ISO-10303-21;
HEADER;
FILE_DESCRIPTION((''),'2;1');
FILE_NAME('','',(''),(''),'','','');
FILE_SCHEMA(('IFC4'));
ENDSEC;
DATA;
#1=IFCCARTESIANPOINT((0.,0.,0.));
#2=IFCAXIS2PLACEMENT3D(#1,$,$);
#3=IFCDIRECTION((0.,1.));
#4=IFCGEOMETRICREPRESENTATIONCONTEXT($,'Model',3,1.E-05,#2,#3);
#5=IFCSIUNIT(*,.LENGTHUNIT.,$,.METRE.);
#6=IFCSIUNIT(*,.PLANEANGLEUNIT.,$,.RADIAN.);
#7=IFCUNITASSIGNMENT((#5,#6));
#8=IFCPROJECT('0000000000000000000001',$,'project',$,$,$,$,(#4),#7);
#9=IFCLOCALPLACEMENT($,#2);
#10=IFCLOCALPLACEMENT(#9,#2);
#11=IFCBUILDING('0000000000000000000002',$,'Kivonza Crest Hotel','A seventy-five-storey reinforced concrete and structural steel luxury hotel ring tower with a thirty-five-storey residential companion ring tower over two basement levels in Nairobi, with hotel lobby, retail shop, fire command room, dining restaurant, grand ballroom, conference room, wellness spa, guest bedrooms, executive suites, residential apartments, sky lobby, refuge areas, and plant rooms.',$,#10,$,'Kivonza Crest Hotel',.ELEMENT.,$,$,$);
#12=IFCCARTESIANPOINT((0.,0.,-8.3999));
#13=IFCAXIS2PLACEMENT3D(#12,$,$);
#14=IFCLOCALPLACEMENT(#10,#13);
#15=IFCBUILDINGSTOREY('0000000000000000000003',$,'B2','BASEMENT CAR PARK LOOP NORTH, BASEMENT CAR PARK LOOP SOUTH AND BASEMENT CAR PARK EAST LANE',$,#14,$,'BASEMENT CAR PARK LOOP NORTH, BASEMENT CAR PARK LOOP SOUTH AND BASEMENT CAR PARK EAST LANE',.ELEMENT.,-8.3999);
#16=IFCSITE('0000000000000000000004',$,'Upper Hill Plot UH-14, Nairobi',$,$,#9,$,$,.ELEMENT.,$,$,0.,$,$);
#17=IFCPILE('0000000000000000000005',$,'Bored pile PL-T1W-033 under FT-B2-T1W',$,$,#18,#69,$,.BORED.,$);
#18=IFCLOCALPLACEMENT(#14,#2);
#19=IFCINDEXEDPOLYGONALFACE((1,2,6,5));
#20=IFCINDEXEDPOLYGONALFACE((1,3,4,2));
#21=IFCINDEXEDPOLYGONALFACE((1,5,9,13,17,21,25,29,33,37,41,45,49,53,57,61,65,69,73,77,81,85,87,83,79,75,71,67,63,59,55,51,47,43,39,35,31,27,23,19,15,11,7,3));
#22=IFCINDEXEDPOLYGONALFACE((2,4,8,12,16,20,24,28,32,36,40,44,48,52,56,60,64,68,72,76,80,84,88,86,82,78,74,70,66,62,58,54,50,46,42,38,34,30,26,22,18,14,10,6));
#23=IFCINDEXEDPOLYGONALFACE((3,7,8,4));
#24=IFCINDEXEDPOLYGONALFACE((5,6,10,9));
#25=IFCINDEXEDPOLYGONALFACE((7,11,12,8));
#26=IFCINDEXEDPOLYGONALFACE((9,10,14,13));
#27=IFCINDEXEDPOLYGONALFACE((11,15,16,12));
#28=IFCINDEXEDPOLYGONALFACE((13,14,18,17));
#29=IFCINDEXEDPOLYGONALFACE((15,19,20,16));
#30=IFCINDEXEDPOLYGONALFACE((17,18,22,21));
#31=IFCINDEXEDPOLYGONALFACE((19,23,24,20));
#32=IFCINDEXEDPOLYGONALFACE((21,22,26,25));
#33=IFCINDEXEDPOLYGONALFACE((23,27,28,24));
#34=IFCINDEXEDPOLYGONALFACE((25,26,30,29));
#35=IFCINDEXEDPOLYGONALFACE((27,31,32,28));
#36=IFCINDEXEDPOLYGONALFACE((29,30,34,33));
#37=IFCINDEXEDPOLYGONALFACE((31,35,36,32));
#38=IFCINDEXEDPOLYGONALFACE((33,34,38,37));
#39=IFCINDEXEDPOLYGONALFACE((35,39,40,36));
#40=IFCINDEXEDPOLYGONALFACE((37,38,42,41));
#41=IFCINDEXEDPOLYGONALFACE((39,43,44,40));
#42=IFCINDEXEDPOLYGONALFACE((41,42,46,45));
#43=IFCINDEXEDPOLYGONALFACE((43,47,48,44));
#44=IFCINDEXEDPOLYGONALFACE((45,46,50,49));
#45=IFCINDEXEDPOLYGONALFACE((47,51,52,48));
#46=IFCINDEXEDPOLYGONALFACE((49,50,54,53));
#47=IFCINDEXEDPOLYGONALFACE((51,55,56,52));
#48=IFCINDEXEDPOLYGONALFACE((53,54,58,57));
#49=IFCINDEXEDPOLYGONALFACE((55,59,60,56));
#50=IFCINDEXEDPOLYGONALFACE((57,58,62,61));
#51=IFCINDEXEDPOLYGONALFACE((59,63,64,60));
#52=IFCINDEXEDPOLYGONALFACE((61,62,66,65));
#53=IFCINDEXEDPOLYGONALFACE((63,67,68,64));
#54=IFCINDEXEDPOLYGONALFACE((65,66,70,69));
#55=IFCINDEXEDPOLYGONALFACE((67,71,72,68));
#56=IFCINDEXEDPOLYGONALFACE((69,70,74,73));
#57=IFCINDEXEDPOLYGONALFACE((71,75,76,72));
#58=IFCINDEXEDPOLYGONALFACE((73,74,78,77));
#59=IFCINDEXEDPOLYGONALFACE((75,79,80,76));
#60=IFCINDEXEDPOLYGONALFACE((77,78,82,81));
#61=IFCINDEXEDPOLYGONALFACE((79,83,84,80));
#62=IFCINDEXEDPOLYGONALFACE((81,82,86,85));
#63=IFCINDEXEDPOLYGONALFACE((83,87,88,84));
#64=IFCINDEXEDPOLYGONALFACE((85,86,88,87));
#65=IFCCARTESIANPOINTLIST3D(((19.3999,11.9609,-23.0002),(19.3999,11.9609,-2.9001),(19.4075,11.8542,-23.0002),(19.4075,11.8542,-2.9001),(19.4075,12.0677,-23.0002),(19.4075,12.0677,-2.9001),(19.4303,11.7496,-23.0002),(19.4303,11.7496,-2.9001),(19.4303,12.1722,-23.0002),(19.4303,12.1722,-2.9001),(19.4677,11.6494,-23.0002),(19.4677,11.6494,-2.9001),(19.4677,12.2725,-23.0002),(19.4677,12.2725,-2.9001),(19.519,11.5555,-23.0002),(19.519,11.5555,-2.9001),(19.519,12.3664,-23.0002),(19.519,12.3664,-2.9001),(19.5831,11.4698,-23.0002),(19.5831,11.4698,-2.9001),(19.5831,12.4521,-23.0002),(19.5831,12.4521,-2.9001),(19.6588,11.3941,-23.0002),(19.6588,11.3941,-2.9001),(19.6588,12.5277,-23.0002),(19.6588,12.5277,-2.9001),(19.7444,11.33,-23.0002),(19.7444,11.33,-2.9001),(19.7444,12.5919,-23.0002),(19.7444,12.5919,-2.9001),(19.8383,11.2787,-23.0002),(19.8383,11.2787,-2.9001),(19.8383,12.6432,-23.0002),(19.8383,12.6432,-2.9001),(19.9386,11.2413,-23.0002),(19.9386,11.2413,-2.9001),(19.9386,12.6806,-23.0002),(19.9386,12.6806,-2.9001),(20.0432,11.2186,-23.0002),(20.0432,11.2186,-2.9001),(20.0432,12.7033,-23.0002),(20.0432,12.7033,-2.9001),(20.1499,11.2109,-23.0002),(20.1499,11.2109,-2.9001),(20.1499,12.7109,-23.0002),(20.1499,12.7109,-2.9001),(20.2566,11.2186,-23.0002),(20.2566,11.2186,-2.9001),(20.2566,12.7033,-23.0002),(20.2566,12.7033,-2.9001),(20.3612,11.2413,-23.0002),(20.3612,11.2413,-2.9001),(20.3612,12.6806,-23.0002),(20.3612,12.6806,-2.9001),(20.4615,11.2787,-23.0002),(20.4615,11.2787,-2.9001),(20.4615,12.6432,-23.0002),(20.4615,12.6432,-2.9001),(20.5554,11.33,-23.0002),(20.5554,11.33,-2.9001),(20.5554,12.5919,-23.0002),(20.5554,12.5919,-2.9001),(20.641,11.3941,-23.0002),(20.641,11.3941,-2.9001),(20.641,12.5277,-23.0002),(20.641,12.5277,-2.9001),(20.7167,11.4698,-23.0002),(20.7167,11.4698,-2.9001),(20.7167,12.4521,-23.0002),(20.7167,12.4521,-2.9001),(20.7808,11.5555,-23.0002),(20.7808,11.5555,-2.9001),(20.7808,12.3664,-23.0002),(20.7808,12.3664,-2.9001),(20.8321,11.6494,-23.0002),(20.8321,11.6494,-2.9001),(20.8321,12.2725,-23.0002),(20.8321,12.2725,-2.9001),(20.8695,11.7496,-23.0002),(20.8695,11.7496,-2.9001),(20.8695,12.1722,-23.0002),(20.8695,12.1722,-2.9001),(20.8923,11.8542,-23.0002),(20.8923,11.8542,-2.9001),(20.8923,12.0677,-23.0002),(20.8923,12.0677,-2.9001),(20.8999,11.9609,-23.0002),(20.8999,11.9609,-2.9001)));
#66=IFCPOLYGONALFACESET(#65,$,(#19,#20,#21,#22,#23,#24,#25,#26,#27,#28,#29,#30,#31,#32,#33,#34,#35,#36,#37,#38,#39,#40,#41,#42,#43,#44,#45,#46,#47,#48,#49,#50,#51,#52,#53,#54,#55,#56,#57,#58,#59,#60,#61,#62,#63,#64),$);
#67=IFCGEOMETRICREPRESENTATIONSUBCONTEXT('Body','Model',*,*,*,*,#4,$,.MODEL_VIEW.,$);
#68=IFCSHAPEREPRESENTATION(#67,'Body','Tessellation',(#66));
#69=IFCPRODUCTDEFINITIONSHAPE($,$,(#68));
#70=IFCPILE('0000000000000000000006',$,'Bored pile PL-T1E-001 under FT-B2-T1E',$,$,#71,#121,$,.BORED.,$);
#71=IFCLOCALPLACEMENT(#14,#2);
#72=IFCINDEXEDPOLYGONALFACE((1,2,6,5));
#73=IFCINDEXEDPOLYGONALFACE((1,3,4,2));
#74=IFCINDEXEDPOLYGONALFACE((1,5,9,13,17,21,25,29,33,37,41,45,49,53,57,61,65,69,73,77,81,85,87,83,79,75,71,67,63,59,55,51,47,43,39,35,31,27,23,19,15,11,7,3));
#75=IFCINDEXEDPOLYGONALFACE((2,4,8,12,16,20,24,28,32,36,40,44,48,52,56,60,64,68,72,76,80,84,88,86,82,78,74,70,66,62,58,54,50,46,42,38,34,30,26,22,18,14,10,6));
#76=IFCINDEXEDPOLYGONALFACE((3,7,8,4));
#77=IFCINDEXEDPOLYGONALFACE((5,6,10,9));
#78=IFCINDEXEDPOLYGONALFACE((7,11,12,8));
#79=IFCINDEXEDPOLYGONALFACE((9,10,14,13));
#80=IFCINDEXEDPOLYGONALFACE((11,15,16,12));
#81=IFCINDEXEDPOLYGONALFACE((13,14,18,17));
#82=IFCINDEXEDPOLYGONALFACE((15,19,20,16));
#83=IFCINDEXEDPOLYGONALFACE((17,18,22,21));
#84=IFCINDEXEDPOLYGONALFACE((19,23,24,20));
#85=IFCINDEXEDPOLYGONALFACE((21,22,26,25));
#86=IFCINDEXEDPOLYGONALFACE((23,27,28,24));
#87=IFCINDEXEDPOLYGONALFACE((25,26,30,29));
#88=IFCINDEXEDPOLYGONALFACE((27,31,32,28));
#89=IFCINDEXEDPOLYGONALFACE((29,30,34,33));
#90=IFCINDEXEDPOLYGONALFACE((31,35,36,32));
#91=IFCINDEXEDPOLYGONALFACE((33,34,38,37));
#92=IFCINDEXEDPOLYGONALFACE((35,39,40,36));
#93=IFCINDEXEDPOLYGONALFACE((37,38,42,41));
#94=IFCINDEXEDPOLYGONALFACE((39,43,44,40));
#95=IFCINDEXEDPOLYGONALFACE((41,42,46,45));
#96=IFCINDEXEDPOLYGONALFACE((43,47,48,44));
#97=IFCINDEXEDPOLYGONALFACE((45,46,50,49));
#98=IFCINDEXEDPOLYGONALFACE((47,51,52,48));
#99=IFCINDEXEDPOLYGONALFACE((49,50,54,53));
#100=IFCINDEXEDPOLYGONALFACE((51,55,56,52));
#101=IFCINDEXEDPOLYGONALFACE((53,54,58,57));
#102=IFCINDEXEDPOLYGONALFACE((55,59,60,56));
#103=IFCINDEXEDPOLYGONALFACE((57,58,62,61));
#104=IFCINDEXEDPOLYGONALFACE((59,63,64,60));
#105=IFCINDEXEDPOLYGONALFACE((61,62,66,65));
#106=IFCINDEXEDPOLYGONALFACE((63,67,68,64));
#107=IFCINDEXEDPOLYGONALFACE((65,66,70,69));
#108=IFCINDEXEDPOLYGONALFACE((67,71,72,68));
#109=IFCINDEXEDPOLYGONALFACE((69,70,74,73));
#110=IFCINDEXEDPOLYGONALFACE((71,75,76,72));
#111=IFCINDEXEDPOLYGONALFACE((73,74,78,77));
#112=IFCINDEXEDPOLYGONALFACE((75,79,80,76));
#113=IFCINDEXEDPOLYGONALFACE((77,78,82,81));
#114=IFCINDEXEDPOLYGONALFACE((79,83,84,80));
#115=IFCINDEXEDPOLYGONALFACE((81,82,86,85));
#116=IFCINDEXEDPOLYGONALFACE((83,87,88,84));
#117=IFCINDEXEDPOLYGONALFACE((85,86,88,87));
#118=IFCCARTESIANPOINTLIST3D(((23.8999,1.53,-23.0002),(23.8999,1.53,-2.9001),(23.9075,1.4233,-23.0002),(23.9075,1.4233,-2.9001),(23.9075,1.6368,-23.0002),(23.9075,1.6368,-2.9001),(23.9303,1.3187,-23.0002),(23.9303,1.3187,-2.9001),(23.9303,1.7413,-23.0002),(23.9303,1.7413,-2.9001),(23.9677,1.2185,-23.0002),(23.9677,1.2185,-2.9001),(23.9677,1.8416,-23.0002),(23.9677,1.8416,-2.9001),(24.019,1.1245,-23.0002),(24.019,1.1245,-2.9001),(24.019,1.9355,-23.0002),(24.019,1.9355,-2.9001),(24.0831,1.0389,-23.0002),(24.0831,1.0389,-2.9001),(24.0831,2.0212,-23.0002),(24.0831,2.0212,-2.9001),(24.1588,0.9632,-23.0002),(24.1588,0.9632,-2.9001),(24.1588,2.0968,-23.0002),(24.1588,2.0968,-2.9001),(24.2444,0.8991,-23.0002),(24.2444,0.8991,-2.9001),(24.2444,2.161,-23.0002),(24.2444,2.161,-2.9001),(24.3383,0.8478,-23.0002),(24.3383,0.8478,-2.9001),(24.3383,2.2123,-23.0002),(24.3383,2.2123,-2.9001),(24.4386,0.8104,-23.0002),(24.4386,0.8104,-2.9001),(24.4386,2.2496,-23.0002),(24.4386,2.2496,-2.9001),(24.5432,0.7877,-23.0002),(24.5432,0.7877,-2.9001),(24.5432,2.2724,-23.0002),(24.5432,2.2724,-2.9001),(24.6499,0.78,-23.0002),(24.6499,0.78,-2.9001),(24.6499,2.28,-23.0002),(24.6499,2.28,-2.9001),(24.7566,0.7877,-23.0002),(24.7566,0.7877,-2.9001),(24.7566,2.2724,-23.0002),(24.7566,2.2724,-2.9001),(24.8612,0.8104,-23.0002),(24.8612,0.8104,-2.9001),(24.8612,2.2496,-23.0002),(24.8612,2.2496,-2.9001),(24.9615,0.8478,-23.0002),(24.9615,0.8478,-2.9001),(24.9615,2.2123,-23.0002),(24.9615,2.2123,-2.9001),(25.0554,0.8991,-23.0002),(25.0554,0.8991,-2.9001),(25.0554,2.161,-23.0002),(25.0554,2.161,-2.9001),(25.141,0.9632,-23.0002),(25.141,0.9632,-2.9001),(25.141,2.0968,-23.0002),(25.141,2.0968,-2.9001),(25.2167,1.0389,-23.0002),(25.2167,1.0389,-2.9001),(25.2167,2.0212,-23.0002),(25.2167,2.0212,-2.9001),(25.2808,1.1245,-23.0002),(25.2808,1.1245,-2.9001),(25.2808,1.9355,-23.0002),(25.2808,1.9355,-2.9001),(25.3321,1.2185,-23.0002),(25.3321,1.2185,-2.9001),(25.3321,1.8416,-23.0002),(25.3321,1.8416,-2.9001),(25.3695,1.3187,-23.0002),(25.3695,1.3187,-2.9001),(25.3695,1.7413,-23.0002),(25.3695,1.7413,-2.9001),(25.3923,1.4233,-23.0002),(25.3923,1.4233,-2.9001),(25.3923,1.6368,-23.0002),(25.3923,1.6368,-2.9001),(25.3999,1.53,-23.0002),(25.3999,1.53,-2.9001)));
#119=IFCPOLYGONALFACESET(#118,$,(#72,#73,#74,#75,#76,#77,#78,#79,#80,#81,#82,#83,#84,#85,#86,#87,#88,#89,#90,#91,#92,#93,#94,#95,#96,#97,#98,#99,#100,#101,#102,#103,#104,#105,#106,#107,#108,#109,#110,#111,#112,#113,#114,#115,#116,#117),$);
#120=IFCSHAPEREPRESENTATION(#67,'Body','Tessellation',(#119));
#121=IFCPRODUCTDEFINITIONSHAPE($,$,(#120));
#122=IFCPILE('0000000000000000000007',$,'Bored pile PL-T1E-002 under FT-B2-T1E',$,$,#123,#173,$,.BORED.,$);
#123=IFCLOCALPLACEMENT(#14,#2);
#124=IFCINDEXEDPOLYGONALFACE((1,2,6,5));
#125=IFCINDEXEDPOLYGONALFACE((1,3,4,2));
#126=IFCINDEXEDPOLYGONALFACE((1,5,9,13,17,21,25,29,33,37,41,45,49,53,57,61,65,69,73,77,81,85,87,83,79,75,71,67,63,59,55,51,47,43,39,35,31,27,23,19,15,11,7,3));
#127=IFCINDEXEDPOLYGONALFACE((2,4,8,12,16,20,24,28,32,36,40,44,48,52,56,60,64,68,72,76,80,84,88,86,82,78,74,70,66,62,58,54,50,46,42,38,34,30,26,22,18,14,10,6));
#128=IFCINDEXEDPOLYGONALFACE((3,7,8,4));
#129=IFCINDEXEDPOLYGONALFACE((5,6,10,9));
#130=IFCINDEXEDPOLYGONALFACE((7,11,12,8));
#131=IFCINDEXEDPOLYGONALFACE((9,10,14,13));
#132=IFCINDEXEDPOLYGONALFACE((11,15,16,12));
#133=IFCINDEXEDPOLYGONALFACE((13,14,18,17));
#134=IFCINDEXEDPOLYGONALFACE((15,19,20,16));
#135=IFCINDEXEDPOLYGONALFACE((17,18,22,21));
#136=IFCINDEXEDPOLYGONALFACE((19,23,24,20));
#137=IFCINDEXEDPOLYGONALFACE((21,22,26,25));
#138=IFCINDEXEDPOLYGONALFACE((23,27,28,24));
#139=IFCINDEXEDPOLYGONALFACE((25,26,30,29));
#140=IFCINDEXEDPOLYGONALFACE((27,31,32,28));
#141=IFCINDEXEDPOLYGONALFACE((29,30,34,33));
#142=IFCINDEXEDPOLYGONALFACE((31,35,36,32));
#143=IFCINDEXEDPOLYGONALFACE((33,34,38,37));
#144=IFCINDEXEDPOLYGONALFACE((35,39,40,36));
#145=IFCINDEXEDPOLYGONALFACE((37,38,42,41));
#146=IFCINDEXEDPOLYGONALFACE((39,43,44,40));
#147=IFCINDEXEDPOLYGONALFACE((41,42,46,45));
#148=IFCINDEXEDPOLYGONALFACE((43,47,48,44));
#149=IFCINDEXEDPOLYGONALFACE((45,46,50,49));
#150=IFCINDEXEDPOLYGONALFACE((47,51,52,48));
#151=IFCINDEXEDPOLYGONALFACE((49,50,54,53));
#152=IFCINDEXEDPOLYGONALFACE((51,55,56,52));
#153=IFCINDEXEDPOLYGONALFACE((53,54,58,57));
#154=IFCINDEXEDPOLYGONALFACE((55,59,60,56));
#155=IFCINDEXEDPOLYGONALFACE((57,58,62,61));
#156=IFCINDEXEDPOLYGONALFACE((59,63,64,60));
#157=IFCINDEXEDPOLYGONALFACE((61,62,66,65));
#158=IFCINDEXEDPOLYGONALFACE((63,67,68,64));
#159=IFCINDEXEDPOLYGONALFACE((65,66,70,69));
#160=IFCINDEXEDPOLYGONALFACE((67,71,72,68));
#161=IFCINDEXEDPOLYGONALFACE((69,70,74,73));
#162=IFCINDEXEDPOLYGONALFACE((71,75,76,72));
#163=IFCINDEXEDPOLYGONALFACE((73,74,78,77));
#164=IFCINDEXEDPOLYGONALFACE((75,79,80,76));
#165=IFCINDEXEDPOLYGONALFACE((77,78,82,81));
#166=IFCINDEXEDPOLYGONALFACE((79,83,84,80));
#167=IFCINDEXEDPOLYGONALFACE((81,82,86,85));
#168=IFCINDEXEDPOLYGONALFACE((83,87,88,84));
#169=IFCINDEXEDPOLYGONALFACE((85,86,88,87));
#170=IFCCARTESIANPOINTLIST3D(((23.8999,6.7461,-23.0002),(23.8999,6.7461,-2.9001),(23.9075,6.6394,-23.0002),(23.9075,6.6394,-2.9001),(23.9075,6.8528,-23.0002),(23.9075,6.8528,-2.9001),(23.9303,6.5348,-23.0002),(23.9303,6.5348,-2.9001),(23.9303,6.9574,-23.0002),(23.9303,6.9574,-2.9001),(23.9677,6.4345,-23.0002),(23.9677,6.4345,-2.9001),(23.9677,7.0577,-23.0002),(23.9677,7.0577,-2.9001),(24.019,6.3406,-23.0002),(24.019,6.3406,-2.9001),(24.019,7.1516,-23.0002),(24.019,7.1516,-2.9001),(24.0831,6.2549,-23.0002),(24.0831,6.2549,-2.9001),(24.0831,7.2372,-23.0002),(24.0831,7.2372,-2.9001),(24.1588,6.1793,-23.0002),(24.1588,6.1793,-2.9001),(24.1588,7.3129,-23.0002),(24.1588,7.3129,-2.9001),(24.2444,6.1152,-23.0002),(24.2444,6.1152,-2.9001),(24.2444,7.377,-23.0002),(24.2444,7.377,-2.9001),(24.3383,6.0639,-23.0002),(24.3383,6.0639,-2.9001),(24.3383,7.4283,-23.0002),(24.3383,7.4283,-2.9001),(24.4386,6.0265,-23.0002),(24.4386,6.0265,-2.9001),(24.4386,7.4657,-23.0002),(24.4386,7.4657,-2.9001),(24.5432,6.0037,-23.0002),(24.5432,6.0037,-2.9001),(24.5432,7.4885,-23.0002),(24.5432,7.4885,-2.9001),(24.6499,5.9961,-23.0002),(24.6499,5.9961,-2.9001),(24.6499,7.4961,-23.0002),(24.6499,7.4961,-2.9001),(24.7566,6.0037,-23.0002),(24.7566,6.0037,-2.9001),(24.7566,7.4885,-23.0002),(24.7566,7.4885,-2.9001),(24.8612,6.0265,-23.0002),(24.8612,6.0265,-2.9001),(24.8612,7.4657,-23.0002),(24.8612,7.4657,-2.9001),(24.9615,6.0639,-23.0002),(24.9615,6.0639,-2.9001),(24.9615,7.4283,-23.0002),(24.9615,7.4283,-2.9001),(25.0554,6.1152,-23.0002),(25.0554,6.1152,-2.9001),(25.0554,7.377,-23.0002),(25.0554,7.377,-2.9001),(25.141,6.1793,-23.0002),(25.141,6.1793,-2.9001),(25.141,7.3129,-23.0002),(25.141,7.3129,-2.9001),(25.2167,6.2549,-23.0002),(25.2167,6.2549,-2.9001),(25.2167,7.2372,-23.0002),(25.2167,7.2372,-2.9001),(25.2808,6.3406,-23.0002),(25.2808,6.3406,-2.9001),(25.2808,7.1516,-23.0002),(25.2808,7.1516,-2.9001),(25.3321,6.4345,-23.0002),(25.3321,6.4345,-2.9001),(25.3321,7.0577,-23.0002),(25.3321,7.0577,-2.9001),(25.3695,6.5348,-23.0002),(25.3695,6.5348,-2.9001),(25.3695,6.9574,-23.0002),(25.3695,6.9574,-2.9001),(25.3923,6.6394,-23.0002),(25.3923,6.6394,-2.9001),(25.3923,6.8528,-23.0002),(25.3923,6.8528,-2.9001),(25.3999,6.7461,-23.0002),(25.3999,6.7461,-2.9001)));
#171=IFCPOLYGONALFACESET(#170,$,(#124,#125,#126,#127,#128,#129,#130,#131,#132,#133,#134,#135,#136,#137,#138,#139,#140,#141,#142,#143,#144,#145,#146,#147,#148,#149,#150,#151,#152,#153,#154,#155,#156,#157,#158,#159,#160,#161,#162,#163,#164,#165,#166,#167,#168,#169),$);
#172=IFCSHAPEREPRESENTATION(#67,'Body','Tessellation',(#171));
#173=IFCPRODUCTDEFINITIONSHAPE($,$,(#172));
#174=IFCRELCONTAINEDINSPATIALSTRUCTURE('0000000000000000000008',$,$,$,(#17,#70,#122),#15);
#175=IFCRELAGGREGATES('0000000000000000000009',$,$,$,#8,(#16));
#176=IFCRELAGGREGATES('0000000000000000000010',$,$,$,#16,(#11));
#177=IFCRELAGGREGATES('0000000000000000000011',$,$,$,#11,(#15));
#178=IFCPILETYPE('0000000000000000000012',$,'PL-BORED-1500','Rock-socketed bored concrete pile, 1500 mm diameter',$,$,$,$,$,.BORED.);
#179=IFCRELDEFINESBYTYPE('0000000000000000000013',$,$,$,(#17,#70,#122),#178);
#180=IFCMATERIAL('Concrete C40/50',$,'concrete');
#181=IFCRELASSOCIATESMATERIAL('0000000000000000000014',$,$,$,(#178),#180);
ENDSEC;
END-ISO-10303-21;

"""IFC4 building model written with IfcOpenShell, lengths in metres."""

from ifc_helpers import new_model, si_unit, direction, frame, origin, origin_2d, place, context, subcontext, project, spatial, circle, extrude, material, material_profile, profile_set, type_object, element, save


model = new_model("IFC4")

# Units and contexts
model_context = context("Model", 3, precision=1e-05, world=origin(), true_north=direction((0.0, 1.0)))
body_context = subcontext(model_context, "Body", "Model", "MODEL_VIEW")
ifc_project = project(units=[si_unit("LENGTHUNIT", "METRE"), si_unit("PLANEANGLEUNIT", "RADIAN")], contexts=[model_context])

# Site, building, storey
site_placement = place(None, origin())
site = spatial("IfcSite", under=ifc_project, at=site_placement, Name="Upper Hill Plot UH-14, Nairobi", CompositionType="ELEMENT", RefElevation=0.0)
building_placement = place(site_placement, origin())
building = spatial("IfcBuilding", under=site, at=building_placement, Name="Kivonza Crest Hotel", Description="A seventy-five-storey reinforced concrete and structural steel luxury hotel ring tower with a thirty-five-storey residential companion ring tower over two basement levels in Nairobi, with hotel lobby, retail shop, fire command room, dining restaurant, grand ballroom, conference room, wellness spa, guest bedrooms, executive suites, residential apartments, sky lobby, refuge areas, and plant rooms.", LongName="Kivonza Crest Hotel", CompositionType="ELEMENT")
storey_placement = place(building_placement, frame((0.0, 0.0, -8.3999)))
storey = spatial("IfcBuildingStorey", under=building, at=storey_placement, Name="B2", Description="BASEMENT CAR PARK LOOP NORTH, BASEMENT CAR PARK LOOP SOUTH AND BASEMENT CAR PARK EAST LANE", LongName="BASEMENT CAR PARK LOOP NORTH, BASEMENT CAR PARK LOOP SOUTH AND BASEMENT CAR PARK EAST LANE", CompositionType="ELEMENT", Elevation=-8.3999)

# Piles
ifc_material_1 = material(Name="Concrete C40/50", Category="concrete")
ifc_material_profile_1 = material_profile(ifc_material_1, circle(Radius=0.75, at=origin_2d()), Name="PILE D1500")
ifc_profile_set_1 = profile_set([ifc_material_profile_1], Name="Concrete C40/50")
pile_type = type_object("IfcPileType", Name="PL-BORED-1500", Description="Rock-socketed bored concrete pile, 1500 mm diameter", PredefinedType="BORED", material=ifc_profile_set_1)
for number, where, z_axis, x_axis, name in (
    (1, (20.1499, 11.9609, -2.9001), (0.0, 0.0, -1.0), (1.0, 0.0, 0.0), "Bored pile PL-T1W-033 under FT-B2-T1W"),
    (2, (24.6499, 1.53, -2.9001), (0.0, 0.0, -1.0), (1.0, 0.0, 0.0), "Bored pile PL-T1E-001 under FT-B2-T1E"),
    (3, (24.6499, 6.7461, -2.9001), (0.0, 0.0, -1.0), (1.0, 0.0, 0.0), "Bored pile PL-T1E-002 under FT-B2-T1E"),
):
    element("IfcPile", number, at=place(storey_placement, frame(where, z_axis=z_axis, x_axis=x_axis)), inside=storey, type_object=pile_type, Name=name, PredefinedType="BORED", context=body_context, shape_type="SweptSolid", body=[
        extrude(circle(Radius=0.75, at=origin_2d()), origin(), (0.0, 0.0, 1.0), 20.1001),
    ])

save(model, "model.ifc")
